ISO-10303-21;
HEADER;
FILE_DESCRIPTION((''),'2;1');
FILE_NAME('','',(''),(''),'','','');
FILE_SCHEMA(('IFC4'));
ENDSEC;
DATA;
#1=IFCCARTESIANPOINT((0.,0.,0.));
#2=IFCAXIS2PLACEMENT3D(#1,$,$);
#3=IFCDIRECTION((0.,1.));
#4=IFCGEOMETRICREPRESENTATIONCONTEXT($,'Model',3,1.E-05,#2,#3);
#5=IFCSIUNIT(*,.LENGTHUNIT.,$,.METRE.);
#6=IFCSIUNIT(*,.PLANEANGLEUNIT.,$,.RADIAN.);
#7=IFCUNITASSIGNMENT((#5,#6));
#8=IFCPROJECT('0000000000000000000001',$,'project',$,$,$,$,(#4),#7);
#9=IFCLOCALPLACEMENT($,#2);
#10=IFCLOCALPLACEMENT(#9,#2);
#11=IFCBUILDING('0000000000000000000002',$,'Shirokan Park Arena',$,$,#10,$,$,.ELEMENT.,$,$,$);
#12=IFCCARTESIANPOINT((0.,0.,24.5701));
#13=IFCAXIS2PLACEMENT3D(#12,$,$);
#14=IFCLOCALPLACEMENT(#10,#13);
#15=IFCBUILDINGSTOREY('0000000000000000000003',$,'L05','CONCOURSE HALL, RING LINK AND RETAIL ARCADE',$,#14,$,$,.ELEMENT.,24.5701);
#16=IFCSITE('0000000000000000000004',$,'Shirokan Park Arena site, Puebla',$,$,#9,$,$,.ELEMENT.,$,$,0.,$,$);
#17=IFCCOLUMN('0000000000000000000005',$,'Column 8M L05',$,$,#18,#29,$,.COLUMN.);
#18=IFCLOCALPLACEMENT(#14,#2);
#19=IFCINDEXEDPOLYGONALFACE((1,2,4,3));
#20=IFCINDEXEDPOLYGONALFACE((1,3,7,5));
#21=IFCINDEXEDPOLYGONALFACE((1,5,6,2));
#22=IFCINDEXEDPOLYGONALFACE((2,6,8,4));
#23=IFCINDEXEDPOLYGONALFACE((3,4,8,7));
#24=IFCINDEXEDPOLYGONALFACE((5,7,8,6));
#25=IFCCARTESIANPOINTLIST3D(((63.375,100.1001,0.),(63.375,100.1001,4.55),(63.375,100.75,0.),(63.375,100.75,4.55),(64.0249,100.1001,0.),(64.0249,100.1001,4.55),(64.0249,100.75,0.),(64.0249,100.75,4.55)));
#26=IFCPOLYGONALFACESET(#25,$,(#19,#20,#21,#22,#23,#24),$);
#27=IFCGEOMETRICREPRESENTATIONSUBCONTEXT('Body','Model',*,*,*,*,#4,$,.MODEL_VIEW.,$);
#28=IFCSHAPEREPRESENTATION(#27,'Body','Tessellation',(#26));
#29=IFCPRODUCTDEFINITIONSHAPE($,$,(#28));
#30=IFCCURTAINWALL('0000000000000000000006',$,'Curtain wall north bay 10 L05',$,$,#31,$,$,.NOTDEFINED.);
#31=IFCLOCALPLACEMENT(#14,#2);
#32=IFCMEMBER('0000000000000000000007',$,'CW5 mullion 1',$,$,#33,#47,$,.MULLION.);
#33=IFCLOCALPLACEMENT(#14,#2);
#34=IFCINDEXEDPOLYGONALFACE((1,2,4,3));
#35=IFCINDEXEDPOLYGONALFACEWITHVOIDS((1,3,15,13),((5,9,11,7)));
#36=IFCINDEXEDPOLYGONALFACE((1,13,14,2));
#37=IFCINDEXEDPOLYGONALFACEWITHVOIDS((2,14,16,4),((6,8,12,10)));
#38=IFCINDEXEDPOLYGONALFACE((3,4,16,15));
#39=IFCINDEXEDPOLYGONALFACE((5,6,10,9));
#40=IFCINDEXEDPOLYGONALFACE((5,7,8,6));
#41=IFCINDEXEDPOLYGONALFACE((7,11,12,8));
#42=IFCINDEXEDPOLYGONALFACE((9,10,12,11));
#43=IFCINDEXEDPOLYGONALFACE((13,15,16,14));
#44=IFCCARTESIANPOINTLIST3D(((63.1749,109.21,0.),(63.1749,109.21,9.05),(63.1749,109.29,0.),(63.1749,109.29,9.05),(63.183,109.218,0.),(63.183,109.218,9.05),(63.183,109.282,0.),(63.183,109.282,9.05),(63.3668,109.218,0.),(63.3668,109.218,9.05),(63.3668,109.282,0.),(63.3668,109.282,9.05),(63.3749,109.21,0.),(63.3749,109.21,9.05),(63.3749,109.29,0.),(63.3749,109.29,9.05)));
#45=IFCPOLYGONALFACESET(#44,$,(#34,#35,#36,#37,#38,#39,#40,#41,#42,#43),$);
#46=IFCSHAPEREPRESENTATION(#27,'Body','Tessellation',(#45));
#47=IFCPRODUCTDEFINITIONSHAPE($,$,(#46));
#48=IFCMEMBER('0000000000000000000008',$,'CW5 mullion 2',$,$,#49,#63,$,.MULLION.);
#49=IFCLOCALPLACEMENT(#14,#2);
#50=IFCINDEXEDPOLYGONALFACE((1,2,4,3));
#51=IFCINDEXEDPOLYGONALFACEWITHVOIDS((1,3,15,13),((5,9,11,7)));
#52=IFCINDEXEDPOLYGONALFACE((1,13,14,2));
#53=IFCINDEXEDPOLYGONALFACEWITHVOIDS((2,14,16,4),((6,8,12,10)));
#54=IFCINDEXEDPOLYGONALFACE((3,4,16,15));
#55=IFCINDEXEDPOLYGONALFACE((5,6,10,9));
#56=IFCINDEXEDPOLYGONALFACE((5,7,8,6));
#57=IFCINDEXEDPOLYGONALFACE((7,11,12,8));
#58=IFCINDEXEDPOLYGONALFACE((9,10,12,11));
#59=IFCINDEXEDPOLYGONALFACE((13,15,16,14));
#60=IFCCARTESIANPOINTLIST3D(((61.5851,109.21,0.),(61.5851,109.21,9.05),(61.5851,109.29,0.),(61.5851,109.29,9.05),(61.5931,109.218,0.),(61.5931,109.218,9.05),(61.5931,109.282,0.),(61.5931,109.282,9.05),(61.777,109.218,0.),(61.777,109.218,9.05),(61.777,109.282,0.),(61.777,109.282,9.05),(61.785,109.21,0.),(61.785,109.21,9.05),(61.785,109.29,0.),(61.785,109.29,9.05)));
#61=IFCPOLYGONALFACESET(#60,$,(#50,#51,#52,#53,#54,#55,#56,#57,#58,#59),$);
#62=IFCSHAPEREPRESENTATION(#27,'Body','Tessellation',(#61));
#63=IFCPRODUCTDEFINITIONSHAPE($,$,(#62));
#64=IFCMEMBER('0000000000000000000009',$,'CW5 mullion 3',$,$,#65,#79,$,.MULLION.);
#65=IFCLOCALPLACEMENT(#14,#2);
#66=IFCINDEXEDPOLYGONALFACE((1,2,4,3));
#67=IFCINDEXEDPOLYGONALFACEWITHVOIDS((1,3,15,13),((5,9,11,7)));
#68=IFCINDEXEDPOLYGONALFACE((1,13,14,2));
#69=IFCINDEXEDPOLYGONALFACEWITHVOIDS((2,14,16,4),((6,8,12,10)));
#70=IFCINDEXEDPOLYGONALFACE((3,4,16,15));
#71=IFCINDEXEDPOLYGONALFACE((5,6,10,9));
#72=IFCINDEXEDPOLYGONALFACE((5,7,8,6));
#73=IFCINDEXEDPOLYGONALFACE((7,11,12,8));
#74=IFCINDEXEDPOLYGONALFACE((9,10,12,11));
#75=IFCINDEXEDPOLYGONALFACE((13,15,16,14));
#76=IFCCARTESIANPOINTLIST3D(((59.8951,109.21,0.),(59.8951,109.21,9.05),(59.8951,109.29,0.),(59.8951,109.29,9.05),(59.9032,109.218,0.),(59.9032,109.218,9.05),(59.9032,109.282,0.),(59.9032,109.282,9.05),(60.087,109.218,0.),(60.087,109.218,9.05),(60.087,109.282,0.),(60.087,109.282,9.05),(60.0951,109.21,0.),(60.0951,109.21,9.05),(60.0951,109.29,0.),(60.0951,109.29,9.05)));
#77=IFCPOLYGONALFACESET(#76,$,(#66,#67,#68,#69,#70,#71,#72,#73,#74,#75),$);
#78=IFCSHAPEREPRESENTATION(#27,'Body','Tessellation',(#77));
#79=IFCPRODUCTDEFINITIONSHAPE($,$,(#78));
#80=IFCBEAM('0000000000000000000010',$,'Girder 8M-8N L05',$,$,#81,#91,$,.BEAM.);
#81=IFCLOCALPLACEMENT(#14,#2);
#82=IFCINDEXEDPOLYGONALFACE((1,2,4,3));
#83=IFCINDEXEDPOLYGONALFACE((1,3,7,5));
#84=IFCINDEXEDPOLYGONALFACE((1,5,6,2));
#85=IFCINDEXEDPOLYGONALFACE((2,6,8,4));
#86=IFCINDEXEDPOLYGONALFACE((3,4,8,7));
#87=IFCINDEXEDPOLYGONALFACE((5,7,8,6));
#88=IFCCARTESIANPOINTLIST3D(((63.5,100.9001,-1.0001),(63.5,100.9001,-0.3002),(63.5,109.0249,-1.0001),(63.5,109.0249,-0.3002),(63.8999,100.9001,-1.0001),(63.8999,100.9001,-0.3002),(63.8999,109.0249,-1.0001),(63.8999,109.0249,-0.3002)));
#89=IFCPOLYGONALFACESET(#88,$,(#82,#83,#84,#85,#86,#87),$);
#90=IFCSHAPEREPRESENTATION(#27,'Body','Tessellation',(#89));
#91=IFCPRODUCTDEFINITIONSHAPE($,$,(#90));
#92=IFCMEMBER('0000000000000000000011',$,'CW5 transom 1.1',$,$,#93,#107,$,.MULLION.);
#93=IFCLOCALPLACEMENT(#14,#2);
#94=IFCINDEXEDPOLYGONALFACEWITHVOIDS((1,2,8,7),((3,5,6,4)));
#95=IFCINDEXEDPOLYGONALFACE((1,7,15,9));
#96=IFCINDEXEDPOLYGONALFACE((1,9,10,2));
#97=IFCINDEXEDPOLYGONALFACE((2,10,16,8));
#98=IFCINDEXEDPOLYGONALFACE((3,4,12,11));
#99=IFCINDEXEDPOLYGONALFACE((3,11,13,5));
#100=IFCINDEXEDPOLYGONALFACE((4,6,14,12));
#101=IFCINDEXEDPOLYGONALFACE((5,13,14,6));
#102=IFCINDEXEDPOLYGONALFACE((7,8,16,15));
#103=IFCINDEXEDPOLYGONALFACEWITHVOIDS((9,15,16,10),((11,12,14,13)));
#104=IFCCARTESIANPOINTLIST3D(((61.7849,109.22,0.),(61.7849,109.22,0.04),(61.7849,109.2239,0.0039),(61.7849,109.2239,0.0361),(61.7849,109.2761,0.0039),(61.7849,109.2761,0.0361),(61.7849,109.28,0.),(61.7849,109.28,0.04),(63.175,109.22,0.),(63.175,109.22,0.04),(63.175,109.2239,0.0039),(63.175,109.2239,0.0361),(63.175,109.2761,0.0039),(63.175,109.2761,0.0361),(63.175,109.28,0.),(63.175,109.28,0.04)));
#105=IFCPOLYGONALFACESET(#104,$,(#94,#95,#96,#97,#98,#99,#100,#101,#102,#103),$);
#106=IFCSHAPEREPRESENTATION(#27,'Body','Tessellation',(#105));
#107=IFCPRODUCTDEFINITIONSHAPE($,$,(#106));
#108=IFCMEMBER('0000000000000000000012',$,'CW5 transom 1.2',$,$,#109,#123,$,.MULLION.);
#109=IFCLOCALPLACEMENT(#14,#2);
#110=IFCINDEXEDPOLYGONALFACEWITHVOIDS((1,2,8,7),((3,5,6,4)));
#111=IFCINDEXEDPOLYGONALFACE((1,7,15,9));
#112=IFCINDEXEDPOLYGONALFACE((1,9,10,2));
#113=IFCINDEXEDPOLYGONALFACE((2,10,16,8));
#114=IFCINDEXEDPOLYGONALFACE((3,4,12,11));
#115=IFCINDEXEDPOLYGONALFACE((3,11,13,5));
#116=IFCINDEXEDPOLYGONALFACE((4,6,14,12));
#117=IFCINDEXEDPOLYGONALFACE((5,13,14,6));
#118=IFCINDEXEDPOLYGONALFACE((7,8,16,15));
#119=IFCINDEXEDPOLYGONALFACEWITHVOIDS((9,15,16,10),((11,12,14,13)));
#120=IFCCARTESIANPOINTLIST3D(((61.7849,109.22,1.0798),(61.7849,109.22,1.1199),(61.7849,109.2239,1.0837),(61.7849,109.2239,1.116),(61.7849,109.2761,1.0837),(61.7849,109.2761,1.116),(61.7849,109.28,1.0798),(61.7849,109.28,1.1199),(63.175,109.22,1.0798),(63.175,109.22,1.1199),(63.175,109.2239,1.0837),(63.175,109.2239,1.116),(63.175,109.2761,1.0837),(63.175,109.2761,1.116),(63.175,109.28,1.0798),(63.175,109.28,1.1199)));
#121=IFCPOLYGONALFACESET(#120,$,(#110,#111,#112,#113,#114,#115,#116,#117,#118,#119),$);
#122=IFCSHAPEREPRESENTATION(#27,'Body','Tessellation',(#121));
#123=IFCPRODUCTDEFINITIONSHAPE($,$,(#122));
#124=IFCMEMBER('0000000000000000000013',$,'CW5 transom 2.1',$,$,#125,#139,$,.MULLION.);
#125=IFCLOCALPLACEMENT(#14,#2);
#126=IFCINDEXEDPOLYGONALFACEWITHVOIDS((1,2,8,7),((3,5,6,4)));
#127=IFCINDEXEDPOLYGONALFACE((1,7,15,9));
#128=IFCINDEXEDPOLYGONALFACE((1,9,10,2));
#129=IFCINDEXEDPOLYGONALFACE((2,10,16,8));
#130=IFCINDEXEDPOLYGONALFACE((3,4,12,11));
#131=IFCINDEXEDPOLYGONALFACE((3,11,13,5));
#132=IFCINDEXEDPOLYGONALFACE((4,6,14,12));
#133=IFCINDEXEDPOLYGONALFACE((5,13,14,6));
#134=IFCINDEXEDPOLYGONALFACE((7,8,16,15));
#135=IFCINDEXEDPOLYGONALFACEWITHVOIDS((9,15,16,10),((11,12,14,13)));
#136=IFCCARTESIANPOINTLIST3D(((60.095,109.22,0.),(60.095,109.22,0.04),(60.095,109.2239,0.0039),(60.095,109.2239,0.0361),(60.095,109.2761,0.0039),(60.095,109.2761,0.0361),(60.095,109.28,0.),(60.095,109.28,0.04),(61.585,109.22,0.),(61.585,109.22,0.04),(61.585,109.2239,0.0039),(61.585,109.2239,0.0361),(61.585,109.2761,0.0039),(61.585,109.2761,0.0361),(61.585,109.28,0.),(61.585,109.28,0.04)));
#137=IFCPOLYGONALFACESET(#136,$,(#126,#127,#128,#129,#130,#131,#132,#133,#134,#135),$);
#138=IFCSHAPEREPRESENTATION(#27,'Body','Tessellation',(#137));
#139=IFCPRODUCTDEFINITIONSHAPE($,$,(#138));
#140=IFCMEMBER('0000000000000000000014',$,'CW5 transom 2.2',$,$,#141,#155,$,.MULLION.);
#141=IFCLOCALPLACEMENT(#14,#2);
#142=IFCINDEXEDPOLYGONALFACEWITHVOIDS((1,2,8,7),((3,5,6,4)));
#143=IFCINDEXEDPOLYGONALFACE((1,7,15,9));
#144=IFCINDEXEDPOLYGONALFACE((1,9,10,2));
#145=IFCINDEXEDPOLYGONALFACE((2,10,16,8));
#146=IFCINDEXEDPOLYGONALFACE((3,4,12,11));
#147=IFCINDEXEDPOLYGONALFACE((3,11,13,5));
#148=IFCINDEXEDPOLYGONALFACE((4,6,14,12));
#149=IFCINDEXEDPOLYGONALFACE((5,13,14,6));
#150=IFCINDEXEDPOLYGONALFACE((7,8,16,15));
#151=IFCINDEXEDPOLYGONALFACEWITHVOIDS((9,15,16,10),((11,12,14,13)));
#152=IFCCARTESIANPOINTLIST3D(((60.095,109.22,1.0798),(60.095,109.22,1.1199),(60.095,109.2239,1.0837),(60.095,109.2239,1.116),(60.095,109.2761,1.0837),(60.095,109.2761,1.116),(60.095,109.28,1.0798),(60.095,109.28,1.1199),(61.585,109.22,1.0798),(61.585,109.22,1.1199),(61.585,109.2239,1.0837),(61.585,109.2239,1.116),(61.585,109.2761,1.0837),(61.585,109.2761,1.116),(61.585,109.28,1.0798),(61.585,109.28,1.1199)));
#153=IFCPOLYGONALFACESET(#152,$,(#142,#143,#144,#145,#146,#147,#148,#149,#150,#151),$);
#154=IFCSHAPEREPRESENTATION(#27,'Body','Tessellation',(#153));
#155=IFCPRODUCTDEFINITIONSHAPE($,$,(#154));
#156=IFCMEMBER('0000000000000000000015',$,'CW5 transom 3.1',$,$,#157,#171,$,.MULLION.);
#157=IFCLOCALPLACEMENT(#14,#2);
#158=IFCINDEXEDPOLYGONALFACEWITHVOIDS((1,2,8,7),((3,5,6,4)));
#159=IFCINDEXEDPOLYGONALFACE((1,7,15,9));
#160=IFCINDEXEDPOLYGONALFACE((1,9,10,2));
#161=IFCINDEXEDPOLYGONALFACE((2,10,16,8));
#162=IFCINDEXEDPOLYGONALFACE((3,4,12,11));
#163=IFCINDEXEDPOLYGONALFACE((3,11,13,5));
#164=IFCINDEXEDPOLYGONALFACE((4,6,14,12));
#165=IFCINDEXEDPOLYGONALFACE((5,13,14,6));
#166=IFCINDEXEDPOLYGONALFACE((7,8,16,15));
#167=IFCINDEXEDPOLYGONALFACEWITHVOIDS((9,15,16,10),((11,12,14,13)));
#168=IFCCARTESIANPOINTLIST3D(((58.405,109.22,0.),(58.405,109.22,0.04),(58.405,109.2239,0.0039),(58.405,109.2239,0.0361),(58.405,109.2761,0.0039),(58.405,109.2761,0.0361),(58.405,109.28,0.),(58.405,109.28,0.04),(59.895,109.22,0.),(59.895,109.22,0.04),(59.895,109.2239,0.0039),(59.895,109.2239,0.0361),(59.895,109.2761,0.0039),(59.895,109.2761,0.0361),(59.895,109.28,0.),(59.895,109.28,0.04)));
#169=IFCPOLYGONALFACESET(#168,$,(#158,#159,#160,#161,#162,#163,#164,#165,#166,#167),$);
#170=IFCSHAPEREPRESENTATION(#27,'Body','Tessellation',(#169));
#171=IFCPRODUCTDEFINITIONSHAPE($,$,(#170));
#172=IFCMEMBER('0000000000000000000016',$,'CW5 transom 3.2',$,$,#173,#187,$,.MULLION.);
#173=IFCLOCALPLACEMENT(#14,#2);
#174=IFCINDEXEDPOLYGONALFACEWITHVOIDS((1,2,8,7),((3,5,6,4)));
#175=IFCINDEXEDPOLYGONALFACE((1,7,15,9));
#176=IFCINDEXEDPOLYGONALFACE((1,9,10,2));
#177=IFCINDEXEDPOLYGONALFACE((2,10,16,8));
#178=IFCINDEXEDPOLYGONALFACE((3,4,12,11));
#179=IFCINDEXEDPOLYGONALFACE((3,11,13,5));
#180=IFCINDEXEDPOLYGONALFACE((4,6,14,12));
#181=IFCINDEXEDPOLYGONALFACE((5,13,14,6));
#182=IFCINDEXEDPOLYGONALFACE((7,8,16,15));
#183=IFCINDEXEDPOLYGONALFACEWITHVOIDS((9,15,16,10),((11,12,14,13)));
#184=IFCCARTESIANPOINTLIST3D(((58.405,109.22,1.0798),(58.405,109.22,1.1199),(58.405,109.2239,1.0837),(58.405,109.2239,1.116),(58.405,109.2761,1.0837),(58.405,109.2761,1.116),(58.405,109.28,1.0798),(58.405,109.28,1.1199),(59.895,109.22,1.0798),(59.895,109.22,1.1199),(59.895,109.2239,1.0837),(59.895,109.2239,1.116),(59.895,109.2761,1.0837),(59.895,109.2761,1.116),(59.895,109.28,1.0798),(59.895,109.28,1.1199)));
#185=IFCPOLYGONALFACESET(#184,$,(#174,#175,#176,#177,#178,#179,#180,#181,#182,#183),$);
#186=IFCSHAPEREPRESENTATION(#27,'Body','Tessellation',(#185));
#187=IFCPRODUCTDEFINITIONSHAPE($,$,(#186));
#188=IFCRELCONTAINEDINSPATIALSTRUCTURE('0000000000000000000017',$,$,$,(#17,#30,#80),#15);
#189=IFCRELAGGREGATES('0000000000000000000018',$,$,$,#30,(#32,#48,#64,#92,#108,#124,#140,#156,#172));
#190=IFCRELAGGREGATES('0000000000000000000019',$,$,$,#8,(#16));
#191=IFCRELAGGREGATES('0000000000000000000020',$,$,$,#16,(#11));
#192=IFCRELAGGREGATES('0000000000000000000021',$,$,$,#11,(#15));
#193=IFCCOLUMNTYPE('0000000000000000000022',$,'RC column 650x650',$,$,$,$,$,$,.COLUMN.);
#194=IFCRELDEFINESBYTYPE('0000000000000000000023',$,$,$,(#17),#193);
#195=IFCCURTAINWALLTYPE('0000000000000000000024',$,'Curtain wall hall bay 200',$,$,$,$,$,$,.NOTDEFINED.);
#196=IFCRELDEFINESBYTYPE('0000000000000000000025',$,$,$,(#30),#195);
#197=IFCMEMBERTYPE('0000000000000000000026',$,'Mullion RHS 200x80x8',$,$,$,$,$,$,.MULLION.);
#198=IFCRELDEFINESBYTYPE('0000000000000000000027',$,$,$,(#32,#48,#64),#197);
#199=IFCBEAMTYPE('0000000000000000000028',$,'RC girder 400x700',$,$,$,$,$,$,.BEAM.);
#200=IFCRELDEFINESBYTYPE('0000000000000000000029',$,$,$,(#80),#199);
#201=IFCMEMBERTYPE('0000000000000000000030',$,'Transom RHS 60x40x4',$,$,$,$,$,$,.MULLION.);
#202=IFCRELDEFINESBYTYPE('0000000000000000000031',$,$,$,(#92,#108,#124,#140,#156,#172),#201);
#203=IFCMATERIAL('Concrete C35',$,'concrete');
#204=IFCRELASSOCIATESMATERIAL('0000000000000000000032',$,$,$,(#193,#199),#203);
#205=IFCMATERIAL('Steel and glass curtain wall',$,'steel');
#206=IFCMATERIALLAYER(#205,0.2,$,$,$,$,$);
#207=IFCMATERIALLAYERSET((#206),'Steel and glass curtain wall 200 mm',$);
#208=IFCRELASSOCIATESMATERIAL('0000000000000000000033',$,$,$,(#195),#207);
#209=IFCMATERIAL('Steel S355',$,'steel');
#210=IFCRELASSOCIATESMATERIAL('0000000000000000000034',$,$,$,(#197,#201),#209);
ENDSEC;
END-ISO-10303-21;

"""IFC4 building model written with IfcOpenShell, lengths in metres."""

from ifc_helpers import new_model, si_unit, direction, frame, origin, origin_2d, place, context, subcontext, project, spatial, rectangle, hollow_rectangle, extrude, material, layer, layer_set, material_profile, profile_set, type_object, element, aggregate, save


model = new_model("IFC4")

# Units and contexts
model_context = context("Model", 3, precision=1e-05, world=origin(), true_north=direction((0.0, 1.0)))
body_context = subcontext(model_context, "Body", "Model", "MODEL_VIEW")
ifc_project = project(units=[si_unit("LENGTHUNIT", "METRE"), si_unit("PLANEANGLEUNIT", "RADIAN")], contexts=[model_context])

# Site, building, storey
site_placement = place(None, origin())
site = spatial("IfcSite", under=ifc_project, at=site_placement, Name="Shirokan Park Arena site, Puebla", CompositionType="ELEMENT", RefElevation=0.0)
building_placement = place(site_placement, origin())
building = spatial("IfcBuilding", under=site, at=building_placement, Name="Shirokan Park Arena", CompositionType="ELEMENT")
storey_placement = place(building_placement, frame((0.0, 0.0, 24.5701)))
storey = spatial("IfcBuildingStorey", under=building, at=storey_placement, Name="L05", Description="CONCOURSE HALL, RING LINK AND RETAIL ARCADE", CompositionType="ELEMENT", Elevation=24.5701)

# Column
ifc_material_1 = material(Name="Concrete C35", Category="concrete")
ifc_material_profile_1 = material_profile(ifc_material_1, rectangle(XDim=0.6499, YDim=0.6499, at=origin_2d()), Name="650x650")
ifc_profile_set_1 = profile_set([ifc_material_profile_1], Name="Concrete C35")
column_type = type_object("IfcColumnType", Name="RC column 650x650", PredefinedType="COLUMN", material=ifc_profile_set_1)
column_placement = place(storey_placement, frame((63.7, 100.425, 0.0), z_axis=(0.0, 0.0, 1.0), x_axis=(1.0, 0.0, 0.0)))
element("IfcColumn", 1, at=column_placement, inside=storey, type_object=column_type, Name="Column 8M L05", PredefinedType="COLUMN", context=body_context, shape_type="SweptSolid", body=[
    extrude(rectangle(XDim=0.6499, YDim=0.6499, at=origin_2d()), origin(), (0.0, 0.0, 1.0), 4.55),
])

# Curtain wall, members
ifc_material_2 = material(Name="Steel and glass curtain wall", Category="steel")
ifc_layer_1 = layer(ifc_material_2, 0.2)
ifc_layer_set_1 = layer_set([ifc_layer_1], Name="Steel and glass curtain wall 200 mm")
curtain_wall_type = type_object("IfcCurtainWallType", Name="Curtain wall hall bay 200", PredefinedType="NOTDEFINED", material=ifc_layer_set_1)
curtain_wall_placement = place(storey_placement, origin())
curtain_wall = element("IfcCurtainWall", 2, at=curtain_wall_placement, inside=storey, type_object=curtain_wall_type, Name="Curtain wall north bay 10 L05", PredefinedType="NOTDEFINED")
ifc_material_3 = material(Name="Steel S355", Category="steel")
ifc_material_profile_2 = material_profile(ifc_material_3, hollow_rectangle(XDim=0.0801, YDim=0.2, WallThickness=0.0081, at=origin_2d()), Name="RHS 200x80x8")
ifc_profile_set_2 = profile_set([ifc_material_profile_2], Name="Steel S355")
member_type_1 = type_object("IfcMemberType", Name="Mullion RHS 200x80x8", PredefinedType="MULLION", material=ifc_profile_set_2)
member_1_placement = place(storey_placement, frame((63.2749, 109.25, 0.0), z_axis=(0.0, 0.0, 1.0), x_axis=(0.0, -1.0, 0.0)))
member_1 = element("IfcMember", 3, at=member_1_placement, type_object=member_type_1, Name="CW5 mullion 1", PredefinedType="MULLION", context=body_context, shape_type="SweptSolid", body=[
    extrude(hollow_rectangle(XDim=0.0801, YDim=0.2, WallThickness=0.0081, at=origin_2d()), origin(), (0.0, 0.0, 1.0), 9.05),
])
member_2_placement = place(storey_placement, frame((61.6851, 109.25, 0.0), z_axis=(0.0, 0.0, 1.0), x_axis=(0.0, -1.0, 0.0)))
member_2 = element("IfcMember", 4, at=member_2_placement, type_object=member_type_1, Name="CW5 mullion 2", PredefinedType="MULLION", context=body_context, shape_type="SweptSolid", body=[
    extrude(hollow_rectangle(XDim=0.0801, YDim=0.2, WallThickness=0.0081, at=origin_2d()), origin(), (0.0, 0.0, 1.0), 9.05),
])
member_3_placement = place(storey_placement, frame((59.9951, 109.25, 0.0), z_axis=(0.0, 0.0, 1.0), x_axis=(0.0, -1.0, 0.0)))
member_3 = element("IfcMember", 5, at=member_3_placement, type_object=member_type_1, Name="CW5 mullion 3", PredefinedType="MULLION", context=body_context, shape_type="SweptSolid", body=[
    extrude(hollow_rectangle(XDim=0.0801, YDim=0.2, WallThickness=0.0081, at=origin_2d()), origin(), (0.0, 0.0, 1.0), 9.05),
])

# Beam
ifc_material_profile_3 = material_profile(ifc_material_1, rectangle(XDim=0.3999, YDim=0.7, at=origin_2d()), Name="400x700")
ifc_profile_set_3 = profile_set([ifc_material_profile_3], Name="Concrete C35")
beam_type = type_object("IfcBeamType", Name="RC girder 400x700", PredefinedType="BEAM", material=ifc_profile_set_3)
beam_placement = place(storey_placement, frame((63.7, 100.9001, -0.6501), z_axis=(0.0, 1.0, 0.0), x_axis=(-1.0, 0.0, 0.0)))
element("IfcBeam", 6, at=beam_placement, inside=storey, type_object=beam_type, Name="Girder 8M-8N L05", PredefinedType="BEAM", context=body_context, shape_type="SweptSolid", body=[
    extrude(rectangle(XDim=0.3999, YDim=0.7, at=origin_2d()), origin(), (0.0, 0.0, 1.0), 8.1248),
])

# Members
ifc_material_profile_4 = material_profile(ifc_material_3, hollow_rectangle(XDim=0.0601, YDim=0.04, WallThickness=0.0039, at=origin_2d()), Name="RHS 60x40x4")
ifc_profile_set_4 = profile_set([ifc_material_profile_4], Name="Steel S355")
member_type_2 = type_object("IfcMemberType", Name="Transom RHS 60x40x4", PredefinedType="MULLION", material=ifc_profile_set_4)
member_4_placement = place(storey_placement, frame((63.175, 109.25, 0.02), z_axis=(-1.0, 0.0, 0.0), x_axis=(0.0, -1.0, 0.0)))
member_4 = element("IfcMember", 7, at=member_4_placement, type_object=member_type_2, Name="CW5 transom 1.1", PredefinedType="MULLION", context=body_context, shape_type="SweptSolid", body=[
    extrude(hollow_rectangle(XDim=0.0601, YDim=0.04, WallThickness=0.0039, at=origin_2d()), origin(), (0.0, 0.0, 1.0), 1.3901),
])
member_5_placement = place(storey_placement, frame((63.175, 109.25, 1.0999), z_axis=(-1.0, 0.0, 0.0), x_axis=(0.0, -1.0, 0.0)))
member_5 = element("IfcMember", 8, at=member_5_placement, type_object=member_type_2, Name="CW5 transom 1.2", PredefinedType="MULLION", context=body_context, shape_type="SweptSolid", body=[
    extrude(hollow_rectangle(XDim=0.0601, YDim=0.04, WallThickness=0.0039, at=origin_2d()), origin(), (0.0, 0.0, 1.0), 1.3901),
])
member_6_placement = place(storey_placement, frame((61.585, 109.25, 0.02), z_axis=(-1.0, 0.0, 0.0), x_axis=(0.0, -1.0, 0.0)))
member_6 = element("IfcMember", 9, at=member_6_placement, type_object=member_type_2, Name="CW5 transom 2.1", PredefinedType="MULLION", context=body_context, shape_type="SweptSolid", body=[
    extrude(hollow_rectangle(XDim=0.0601, YDim=0.04, WallThickness=0.0039, at=origin_2d()), origin(), (0.0, 0.0, 1.0), 1.49),
])
member_7_placement = place(storey_placement, frame((61.585, 109.25, 1.0999), z_axis=(-1.0, 0.0, 0.0), x_axis=(0.0, -1.0, 0.0)))
member_7 = element("IfcMember", 10, at=member_7_placement, type_object=member_type_2, Name="CW5 transom 2.2", PredefinedType="MULLION", context=body_context, shape_type="SweptSolid", body=[
    extrude(hollow_rectangle(XDim=0.0601, YDim=0.04, WallThickness=0.0039, at=origin_2d()), origin(), (0.0, 0.0, 1.0), 1.49),
])
member_8_placement = place(storey_placement, frame((59.895, 109.25, 0.02), z_axis=(-1.0, 0.0, 0.0), x_axis=(0.0, -1.0, 0.0)))
member_8 = element("IfcMember", 11, at=member_8_placement, type_object=member_type_2, Name="CW5 transom 3.1", PredefinedType="MULLION", context=body_context, shape_type="SweptSolid", body=[
    extrude(hollow_rectangle(XDim=0.0601, YDim=0.04, WallThickness=0.0039, at=origin_2d()), origin(), (0.0, 0.0, 1.0), 1.49),
])
member_9_placement = place(storey_placement, frame((59.895, 109.25, 1.0999), z_axis=(-1.0, 0.0, 0.0), x_axis=(0.0, -1.0, 0.0)))
member_9 = element("IfcMember", 12, at=member_9_placement, type_object=member_type_2, Name="CW5 transom 3.2", PredefinedType="MULLION", context=body_context, shape_type="SweptSolid", body=[
    extrude(hollow_rectangle(XDim=0.0601, YDim=0.04, WallThickness=0.0039, at=origin_2d()), origin(), (0.0, 0.0, 1.0), 1.49),
])

aggregate(curtain_wall, [member_1, member_2, member_3, member_4, member_5, member_6, member_7, member_8, member_9])

save(model, "model.ifc")
